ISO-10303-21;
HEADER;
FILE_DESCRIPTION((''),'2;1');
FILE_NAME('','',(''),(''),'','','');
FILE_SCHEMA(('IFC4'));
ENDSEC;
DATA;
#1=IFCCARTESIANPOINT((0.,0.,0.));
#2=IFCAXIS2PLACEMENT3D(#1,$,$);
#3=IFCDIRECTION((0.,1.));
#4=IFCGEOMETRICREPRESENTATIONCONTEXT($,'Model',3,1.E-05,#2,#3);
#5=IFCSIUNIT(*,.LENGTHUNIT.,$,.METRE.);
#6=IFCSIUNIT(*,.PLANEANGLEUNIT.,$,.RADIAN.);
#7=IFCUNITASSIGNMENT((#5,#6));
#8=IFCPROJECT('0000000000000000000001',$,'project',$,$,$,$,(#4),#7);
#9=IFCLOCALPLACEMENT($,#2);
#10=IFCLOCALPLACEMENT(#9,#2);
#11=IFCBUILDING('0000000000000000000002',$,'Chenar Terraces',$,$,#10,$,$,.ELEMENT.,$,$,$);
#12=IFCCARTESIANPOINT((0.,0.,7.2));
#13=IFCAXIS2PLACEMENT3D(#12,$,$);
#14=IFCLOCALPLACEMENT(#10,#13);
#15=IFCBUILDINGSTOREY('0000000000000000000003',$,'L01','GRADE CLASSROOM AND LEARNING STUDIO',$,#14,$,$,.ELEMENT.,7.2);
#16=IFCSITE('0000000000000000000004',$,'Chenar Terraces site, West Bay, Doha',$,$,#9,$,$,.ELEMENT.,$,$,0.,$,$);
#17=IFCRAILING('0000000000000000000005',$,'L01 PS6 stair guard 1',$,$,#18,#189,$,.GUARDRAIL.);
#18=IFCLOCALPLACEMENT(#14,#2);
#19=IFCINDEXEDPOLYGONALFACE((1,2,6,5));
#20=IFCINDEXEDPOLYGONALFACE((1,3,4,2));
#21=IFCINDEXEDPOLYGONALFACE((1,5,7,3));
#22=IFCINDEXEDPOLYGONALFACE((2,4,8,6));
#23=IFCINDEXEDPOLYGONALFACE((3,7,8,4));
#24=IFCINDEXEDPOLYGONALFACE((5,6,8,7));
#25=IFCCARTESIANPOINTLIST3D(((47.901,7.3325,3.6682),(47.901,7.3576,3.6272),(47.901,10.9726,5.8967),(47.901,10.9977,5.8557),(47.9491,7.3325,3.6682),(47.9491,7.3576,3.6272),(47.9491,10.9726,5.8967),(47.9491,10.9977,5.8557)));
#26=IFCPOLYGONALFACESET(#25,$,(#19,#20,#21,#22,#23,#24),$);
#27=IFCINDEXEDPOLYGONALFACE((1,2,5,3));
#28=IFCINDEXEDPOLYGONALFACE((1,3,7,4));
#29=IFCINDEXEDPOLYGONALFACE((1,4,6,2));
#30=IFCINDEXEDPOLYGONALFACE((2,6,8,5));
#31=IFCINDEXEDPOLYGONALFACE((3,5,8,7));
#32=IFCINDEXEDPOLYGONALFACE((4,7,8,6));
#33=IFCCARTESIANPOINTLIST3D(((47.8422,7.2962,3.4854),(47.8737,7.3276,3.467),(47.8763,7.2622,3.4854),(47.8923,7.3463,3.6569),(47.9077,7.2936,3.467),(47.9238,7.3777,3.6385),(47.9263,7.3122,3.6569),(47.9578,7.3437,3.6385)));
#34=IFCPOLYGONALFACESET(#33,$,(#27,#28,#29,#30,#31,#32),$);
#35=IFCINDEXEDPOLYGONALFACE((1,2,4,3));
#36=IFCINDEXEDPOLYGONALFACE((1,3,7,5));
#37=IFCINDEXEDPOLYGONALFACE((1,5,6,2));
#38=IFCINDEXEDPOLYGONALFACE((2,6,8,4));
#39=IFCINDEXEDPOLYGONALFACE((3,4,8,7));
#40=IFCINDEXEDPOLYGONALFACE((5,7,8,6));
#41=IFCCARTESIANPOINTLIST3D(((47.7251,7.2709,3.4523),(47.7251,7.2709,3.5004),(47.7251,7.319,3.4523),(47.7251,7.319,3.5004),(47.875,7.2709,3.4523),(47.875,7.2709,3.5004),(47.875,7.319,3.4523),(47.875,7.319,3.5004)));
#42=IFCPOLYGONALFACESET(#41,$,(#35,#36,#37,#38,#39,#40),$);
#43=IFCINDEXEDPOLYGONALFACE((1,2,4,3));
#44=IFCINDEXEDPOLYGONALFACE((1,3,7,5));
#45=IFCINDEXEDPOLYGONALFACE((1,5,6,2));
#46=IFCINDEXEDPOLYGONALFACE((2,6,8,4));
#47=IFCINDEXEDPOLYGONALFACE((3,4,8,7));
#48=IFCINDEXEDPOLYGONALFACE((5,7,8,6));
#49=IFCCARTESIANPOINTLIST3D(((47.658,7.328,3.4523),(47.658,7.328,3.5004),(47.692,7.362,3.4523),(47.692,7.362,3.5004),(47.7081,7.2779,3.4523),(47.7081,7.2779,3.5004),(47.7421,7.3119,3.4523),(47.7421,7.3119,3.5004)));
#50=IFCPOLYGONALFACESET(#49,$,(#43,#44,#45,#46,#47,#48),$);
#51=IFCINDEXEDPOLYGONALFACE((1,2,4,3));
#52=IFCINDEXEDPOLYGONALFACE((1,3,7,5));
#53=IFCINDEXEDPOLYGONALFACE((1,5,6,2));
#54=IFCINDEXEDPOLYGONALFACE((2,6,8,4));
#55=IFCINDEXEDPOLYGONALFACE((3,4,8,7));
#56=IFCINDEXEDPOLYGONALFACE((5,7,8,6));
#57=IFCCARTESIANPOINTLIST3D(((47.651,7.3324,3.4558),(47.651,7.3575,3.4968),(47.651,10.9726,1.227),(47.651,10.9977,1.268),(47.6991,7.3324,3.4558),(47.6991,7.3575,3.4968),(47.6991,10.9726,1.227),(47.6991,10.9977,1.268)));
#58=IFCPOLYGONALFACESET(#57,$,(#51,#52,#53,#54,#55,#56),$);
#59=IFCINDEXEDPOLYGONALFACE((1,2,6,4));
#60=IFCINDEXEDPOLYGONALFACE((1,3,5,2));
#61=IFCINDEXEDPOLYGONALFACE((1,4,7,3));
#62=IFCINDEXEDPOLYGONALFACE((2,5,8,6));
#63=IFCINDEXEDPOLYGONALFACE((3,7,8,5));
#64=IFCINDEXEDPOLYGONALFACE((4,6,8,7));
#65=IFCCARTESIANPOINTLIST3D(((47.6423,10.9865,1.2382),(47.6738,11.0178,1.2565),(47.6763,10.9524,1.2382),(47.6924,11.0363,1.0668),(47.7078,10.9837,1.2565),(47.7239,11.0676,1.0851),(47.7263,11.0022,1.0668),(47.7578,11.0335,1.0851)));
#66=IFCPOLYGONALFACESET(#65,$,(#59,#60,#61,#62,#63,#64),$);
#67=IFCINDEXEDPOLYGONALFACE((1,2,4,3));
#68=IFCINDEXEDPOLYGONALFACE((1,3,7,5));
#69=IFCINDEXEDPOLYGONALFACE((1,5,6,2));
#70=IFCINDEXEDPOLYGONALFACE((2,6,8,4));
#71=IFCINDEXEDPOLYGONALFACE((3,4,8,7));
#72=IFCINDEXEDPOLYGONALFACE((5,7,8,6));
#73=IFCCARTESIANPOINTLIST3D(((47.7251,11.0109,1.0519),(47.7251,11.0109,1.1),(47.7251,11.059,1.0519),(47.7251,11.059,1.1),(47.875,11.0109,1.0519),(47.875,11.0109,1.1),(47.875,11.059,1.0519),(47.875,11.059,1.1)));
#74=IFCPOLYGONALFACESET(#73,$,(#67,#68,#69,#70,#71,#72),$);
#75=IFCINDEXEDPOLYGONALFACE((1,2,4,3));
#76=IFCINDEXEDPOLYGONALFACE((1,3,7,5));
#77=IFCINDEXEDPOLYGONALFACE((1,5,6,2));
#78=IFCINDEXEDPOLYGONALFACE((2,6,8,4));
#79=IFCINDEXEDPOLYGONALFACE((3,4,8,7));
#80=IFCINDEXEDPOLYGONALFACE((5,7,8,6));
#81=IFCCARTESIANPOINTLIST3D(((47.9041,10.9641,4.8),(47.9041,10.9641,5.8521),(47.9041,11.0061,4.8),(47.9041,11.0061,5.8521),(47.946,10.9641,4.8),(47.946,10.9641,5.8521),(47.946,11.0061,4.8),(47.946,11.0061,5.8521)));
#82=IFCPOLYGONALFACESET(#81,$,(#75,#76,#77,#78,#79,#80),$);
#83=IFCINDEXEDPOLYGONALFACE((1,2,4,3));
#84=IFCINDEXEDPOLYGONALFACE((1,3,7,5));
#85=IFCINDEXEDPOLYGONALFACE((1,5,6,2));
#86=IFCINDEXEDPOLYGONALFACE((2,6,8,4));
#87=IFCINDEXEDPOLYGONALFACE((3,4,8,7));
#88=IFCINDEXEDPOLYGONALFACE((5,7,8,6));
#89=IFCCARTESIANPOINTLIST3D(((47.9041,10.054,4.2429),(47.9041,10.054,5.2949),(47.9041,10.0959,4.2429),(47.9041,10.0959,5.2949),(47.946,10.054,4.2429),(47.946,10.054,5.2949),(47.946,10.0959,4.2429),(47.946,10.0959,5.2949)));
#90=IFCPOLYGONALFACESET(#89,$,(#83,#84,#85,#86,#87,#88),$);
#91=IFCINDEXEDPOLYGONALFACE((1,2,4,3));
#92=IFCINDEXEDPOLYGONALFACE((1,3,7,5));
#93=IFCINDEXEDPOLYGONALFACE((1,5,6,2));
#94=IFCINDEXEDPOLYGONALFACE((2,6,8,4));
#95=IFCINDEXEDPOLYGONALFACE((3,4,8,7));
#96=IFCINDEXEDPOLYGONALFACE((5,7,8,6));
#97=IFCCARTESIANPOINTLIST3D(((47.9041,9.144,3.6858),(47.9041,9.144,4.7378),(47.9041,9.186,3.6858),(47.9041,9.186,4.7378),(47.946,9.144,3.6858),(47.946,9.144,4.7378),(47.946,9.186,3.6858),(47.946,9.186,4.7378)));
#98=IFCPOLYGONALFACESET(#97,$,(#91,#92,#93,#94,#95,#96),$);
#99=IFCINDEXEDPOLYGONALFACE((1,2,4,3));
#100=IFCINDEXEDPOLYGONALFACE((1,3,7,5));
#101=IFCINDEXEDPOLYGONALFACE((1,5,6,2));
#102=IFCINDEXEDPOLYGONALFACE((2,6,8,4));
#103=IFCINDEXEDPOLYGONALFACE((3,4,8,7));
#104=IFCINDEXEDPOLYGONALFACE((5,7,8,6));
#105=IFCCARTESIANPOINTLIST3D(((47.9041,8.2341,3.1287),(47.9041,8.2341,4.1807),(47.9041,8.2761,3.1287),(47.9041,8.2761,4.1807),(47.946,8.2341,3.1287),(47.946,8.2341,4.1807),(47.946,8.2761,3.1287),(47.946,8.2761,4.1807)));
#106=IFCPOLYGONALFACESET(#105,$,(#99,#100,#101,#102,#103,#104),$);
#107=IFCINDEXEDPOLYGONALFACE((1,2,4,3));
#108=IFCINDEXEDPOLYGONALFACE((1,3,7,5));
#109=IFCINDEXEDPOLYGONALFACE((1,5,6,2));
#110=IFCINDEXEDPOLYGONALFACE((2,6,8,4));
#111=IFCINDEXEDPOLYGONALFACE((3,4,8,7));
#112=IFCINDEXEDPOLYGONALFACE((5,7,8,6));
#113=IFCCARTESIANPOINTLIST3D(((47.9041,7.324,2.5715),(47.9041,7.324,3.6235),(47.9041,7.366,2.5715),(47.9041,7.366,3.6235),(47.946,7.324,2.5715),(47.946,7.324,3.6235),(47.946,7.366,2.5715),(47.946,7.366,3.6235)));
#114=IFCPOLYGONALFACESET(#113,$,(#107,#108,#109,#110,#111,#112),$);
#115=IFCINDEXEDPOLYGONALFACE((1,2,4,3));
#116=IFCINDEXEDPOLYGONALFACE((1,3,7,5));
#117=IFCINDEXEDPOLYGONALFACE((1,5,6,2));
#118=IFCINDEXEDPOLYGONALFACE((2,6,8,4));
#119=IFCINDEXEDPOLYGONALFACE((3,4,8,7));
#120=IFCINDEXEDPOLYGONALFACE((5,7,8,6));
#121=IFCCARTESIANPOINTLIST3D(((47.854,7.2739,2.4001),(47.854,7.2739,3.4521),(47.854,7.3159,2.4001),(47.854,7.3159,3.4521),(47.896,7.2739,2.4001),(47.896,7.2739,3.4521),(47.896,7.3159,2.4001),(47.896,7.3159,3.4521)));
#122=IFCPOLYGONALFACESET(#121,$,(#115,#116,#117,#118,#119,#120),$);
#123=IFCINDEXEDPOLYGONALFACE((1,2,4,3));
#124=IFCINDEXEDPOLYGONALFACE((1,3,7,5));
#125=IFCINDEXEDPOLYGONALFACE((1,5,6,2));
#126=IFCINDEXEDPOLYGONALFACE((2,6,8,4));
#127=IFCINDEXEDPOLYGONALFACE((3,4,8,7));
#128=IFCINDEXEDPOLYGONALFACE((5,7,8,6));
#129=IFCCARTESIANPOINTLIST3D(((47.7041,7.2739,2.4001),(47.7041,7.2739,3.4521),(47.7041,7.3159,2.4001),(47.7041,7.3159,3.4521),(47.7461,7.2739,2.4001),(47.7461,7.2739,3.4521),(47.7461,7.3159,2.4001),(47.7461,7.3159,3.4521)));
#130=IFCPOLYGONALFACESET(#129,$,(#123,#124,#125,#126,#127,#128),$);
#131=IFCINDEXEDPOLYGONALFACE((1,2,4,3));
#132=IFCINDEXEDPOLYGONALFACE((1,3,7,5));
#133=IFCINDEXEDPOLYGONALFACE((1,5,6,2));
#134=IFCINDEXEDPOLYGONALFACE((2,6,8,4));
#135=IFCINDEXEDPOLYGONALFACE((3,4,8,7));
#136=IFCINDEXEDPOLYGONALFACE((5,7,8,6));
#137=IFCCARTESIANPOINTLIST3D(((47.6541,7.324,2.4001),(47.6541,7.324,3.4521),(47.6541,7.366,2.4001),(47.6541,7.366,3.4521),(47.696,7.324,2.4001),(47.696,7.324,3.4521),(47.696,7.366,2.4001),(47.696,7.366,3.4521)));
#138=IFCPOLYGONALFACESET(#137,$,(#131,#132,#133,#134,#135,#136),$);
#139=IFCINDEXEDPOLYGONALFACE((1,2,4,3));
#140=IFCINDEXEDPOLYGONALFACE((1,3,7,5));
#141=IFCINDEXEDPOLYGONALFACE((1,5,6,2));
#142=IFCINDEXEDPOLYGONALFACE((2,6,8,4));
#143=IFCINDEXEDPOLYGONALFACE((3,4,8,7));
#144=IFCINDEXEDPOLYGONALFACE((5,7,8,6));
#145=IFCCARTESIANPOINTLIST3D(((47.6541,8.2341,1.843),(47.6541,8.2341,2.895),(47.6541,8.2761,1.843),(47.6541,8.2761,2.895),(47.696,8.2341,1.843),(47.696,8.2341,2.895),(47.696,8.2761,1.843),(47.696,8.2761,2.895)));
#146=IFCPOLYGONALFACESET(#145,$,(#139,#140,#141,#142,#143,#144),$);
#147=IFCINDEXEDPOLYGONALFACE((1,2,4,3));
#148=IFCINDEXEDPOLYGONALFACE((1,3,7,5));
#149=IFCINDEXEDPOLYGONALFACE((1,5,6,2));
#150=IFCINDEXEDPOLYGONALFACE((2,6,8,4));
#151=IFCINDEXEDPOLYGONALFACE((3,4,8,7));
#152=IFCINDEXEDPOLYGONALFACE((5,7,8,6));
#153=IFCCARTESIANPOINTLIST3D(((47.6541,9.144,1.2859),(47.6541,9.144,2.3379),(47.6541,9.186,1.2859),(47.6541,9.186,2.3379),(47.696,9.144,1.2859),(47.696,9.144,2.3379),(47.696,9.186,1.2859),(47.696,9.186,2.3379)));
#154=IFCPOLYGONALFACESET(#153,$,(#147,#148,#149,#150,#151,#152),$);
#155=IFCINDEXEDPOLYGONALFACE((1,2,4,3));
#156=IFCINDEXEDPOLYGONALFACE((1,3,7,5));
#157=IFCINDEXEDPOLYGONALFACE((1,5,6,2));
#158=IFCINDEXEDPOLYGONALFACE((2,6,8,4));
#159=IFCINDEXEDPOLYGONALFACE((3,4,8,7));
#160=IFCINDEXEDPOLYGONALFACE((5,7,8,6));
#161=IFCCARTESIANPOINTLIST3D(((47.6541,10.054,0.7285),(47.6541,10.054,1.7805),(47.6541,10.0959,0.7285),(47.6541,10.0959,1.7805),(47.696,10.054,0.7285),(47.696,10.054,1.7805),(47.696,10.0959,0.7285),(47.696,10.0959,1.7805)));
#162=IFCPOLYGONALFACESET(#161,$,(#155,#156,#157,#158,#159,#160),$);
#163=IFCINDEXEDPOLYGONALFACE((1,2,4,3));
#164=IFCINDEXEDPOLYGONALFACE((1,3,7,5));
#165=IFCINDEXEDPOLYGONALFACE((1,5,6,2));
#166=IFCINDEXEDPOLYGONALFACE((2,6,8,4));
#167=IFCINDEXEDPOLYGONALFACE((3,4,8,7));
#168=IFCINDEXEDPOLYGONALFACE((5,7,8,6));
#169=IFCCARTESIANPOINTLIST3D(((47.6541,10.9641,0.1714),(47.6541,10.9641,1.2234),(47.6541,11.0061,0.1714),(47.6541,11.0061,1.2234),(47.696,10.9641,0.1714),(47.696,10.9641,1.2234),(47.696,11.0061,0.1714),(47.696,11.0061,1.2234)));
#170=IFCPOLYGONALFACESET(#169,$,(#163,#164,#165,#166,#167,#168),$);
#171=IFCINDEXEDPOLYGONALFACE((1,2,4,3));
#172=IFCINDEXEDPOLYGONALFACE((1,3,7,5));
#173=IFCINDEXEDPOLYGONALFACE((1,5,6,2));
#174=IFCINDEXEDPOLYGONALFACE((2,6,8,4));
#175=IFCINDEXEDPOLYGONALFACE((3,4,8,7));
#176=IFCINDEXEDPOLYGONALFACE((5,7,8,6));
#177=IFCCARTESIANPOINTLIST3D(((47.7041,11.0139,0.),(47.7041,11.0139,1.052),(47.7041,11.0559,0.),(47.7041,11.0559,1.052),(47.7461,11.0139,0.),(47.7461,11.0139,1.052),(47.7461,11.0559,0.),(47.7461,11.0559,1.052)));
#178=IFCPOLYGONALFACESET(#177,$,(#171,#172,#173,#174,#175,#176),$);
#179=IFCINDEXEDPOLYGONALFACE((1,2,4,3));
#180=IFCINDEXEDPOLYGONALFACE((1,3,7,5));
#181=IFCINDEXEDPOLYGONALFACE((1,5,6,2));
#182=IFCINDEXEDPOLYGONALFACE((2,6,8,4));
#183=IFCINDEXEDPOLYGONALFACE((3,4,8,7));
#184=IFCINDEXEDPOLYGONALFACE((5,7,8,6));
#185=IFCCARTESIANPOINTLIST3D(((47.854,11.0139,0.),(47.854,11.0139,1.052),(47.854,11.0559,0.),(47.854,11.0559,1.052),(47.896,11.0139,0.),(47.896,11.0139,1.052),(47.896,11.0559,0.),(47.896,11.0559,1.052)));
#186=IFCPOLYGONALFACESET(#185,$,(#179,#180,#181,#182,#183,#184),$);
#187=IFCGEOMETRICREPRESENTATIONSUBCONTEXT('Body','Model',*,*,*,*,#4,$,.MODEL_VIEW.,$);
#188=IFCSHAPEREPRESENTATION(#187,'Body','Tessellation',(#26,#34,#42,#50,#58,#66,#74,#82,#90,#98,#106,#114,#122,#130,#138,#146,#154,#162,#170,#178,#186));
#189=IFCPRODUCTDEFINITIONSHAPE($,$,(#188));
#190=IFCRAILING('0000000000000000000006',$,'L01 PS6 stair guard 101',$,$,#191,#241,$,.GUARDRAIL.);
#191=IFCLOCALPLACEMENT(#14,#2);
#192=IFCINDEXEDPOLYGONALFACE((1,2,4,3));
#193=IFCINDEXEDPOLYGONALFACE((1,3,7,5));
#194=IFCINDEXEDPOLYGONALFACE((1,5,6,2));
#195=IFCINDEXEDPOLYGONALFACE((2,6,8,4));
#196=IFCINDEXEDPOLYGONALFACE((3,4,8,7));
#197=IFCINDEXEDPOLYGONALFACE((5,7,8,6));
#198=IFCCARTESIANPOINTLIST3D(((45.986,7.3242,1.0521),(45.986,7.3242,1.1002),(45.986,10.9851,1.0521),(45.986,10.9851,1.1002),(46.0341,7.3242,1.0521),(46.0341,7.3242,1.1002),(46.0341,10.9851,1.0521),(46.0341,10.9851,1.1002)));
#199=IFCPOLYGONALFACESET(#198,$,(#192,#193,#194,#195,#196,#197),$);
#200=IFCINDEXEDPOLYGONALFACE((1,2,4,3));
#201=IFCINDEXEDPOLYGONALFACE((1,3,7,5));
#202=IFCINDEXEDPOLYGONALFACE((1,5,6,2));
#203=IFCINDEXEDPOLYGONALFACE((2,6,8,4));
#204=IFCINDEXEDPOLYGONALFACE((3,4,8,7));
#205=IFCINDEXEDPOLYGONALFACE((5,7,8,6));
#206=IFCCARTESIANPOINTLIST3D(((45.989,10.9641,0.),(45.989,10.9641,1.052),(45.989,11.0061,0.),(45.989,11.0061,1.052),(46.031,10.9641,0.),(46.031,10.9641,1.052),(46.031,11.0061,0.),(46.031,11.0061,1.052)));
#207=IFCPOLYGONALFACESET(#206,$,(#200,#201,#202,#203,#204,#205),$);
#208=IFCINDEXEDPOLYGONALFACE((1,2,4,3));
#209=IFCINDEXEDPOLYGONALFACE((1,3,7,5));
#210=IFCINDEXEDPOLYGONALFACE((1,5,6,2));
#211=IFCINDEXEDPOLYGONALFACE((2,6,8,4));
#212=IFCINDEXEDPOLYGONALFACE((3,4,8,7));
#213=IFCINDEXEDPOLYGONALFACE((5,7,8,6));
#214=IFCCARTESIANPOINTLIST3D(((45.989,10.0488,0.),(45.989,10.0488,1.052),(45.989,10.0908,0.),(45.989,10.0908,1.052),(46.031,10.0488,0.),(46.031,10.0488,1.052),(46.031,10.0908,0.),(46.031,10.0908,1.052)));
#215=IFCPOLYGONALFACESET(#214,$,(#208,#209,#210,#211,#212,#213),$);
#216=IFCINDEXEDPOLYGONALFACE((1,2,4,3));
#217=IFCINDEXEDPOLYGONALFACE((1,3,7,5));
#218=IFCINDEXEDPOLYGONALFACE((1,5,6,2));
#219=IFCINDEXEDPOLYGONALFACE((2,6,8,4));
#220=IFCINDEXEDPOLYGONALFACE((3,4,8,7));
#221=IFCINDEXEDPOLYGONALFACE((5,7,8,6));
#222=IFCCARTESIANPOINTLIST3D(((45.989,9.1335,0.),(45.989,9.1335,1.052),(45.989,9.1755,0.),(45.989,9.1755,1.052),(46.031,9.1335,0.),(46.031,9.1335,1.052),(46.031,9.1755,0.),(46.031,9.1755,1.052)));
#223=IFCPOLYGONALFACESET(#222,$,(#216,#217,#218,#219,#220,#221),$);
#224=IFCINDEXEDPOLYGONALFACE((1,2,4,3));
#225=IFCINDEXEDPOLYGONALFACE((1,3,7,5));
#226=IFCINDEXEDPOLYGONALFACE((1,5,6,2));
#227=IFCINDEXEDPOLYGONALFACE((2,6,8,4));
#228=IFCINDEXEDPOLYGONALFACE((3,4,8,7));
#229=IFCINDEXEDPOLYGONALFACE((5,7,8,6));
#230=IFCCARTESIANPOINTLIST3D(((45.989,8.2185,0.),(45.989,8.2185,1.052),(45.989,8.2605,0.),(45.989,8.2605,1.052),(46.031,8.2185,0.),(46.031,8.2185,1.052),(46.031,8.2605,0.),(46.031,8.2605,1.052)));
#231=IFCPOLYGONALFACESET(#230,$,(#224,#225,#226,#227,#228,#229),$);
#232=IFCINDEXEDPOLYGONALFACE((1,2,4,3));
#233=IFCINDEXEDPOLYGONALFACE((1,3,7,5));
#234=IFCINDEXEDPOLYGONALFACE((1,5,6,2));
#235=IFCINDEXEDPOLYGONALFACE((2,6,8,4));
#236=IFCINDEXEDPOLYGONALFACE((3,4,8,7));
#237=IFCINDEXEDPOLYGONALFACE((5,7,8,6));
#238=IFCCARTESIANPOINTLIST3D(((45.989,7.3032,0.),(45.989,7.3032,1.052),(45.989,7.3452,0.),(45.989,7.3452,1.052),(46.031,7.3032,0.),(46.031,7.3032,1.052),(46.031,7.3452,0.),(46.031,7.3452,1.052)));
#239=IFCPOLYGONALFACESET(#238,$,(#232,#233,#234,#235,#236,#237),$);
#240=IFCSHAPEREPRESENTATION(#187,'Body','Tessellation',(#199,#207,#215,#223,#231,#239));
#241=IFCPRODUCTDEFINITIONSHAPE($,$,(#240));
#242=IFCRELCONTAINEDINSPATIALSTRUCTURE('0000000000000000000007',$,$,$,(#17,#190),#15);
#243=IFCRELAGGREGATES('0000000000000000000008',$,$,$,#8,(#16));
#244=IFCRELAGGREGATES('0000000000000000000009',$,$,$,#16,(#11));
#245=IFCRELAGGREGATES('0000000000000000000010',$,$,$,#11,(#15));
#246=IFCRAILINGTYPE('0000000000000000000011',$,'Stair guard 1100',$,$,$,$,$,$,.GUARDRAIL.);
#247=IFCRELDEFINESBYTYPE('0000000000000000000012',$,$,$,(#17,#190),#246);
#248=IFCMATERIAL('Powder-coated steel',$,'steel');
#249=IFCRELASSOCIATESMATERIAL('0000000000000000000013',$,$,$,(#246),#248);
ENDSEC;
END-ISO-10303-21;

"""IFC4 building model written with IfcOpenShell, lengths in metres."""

from ifc_helpers import new_model, si_unit, direction, frame, origin, origin_2d, place, context, subcontext, project, spatial, rectangle, extrude, material, type_object, element, save


model = new_model("IFC4")

# Units and contexts
model_context = context("Model", 3, precision=1e-05, world=origin(), true_north=direction((0.0, 1.0)))
body_context = subcontext(model_context, "Body", "Model", "MODEL_VIEW")
ifc_project = project(units=[si_unit("LENGTHUNIT", "METRE"), si_unit("PLANEANGLEUNIT", "RADIAN")], contexts=[model_context])

# Site, building, storey
site_placement = place(None, origin())
site = spatial("IfcSite", under=ifc_project, at=site_placement, Name="Chenar Terraces site, West Bay, Doha", CompositionType="ELEMENT", RefElevation=0.0)
building_placement = place(site_placement, origin())
building = spatial("IfcBuilding", under=site, at=building_placement, Name="Chenar Terraces", CompositionType="ELEMENT")
storey_placement = place(building_placement, frame((0.0, 0.0, 7.2)))
storey = spatial("IfcBuildingStorey", under=building, at=storey_placement, Name="L01", Description="GRADE CLASSROOM AND LEARNING STUDIO", CompositionType="ELEMENT", Elevation=7.2)

# Railings
ifc_material_1 = material(Name="Powder-coated steel", Category="steel")
railing_type_1 = type_object("IfcRailingType", Name="Stair guard 1100", PredefinedType="GUARDRAIL", material=ifc_material_1)
railing_1_placement = place(storey_placement, frame((47.925, 10.9851, 4.8)))
element("IfcRailing", 1, at=railing_1_placement, inside=storey, type_object=railing_type_1, Name="L01 PS6 stair guard 1", PredefinedType="GUARDRAIL", context=body_context, shape_type="SweptSolid", body=[
    extrude(rectangle(XDim=0.0481, YDim=0.0481, at=origin_2d()), frame((0.0, 0.0, 1.0762), z_axis=(0.0, -0.852866, -0.52213), x_axis=(1.0, 0.0, 0.0)), (0.0, 0.0, 1.0), 4.2681),
    extrude(rectangle(XDim=0.0481, YDim=0.0481, at=origin_2d()), frame((0.0, -3.6401, -1.1523), z_axis=(-0.269911, -0.269911, -0.924281), x_axis=(0.707107, -0.707107, 0.0)), (0.0, 0.0, 1.0), 0.1855),
    extrude(rectangle(XDim=0.0481, YDim=0.0481, at=origin_2d()), frame((-0.05, -3.6902, -1.3237), z_axis=(-1.0, 0.0, 0.0), x_axis=(0.0, -1.0, 0.0)), (0.0, 0.0, 1.0), 0.1499),
    extrude(rectangle(XDim=0.0481, YDim=0.0481, at=origin_2d()), frame((-0.2, -3.6902, -1.3237), z_axis=(-0.707107, 0.707107, 0.0), x_axis=(-0.707107, -0.707107, 0.0)), (0.0, 0.0, 1.0), 0.0708),
    extrude(rectangle(XDim=0.0481, YDim=0.0481, at=origin_2d()), frame((-0.25, -3.6401, -1.3237), z_axis=(0.0, 0.85284, -0.522172), x_axis=(-1.0, 0.0, 0.0)), (0.0, 0.0, 1.0), 4.2683),
    extrude(rectangle(XDim=0.0481, YDim=0.0481, at=origin_2d()), frame((-0.25, 0.0, -3.5527), z_axis=(0.270007, 0.26869, -0.924609), x_axis=(-0.705376, 0.708834, 0.0)), (0.0, 0.0, 1.0), 0.1853),
    extrude(rectangle(XDim=0.0481, YDim=0.0481, at=origin_2d()), frame((-0.2, 0.0498, -3.7241), z_axis=(1.0, 0.0, 0.0), x_axis=(0.0, 1.0, 0.0)), (0.0, 0.0, 1.0), 0.1499),
    extrude(rectangle(XDim=0.042, YDim=0.042, at=origin_2d()), origin(), (0.0, 0.0, 1.0), 1.052),
    extrude(rectangle(XDim=0.042, YDim=0.042, at=origin_2d()), frame((0.0, -0.9102, -0.5571)), (0.0, 0.0, 1.0), 1.052),
    extrude(rectangle(XDim=0.042, YDim=0.042, at=origin_2d()), frame((0.0, -1.8201, -1.1143)), (0.0, 0.0, 1.0), 1.052),
    extrude(rectangle(XDim=0.042, YDim=0.042, at=origin_2d()), frame((0.0, -2.73, -1.6714)), (0.0, 0.0, 1.0), 1.052),
    extrude(rectangle(XDim=0.042, YDim=0.042, at=origin_2d()), frame((0.0, -3.6401, -2.2285)), (0.0, 0.0, 1.0), 1.052),
    extrude(rectangle(XDim=0.042, YDim=0.042, at=origin_2d()), frame((-0.05, -3.6902, -2.3999)), (0.0, 0.0, 1.0), 1.052),
    extrude(rectangle(XDim=0.042, YDim=0.042, at=origin_2d()), frame((-0.2, -3.6902, -2.3999)), (0.0, 0.0, 1.0), 1.052),
    extrude(rectangle(XDim=0.042, YDim=0.042, at=origin_2d()), frame((-0.25, -3.6401, -2.3999)), (0.0, 0.0, 1.0), 1.052),
    extrude(rectangle(XDim=0.042, YDim=0.042, at=origin_2d()), frame((-0.25, -2.73, -2.957)), (0.0, 0.0, 1.0), 1.052),
    extrude(rectangle(XDim=0.042, YDim=0.042, at=origin_2d()), frame((-0.25, -1.8201, -3.5142)), (0.0, 0.0, 1.0), 1.052),
    extrude(rectangle(XDim=0.042, YDim=0.042, at=origin_2d()), frame((-0.25, -0.9102, -4.0715)), (0.0, 0.0, 1.0), 1.052),
    extrude(rectangle(XDim=0.042, YDim=0.042, at=origin_2d()), frame((-0.25, 0.0, -4.6287)), (0.0, 0.0, 1.0), 1.052),
    extrude(rectangle(XDim=0.042, YDim=0.042, at=origin_2d()), frame((-0.2, 0.0498, -4.8)), (0.0, 0.0, 1.0), 1.052),
    extrude(rectangle(XDim=0.042, YDim=0.042, at=origin_2d()), frame((-0.05, 0.0498, -4.8)), (0.0, 0.0, 1.0), 1.052),
])
railing_2_placement = place(storey_placement, frame((46.01, 10.9851, 0.0)))
element("IfcRailing", 2, at=railing_2_placement, inside=storey, type_object=railing_type_1, Name="L01 PS6 stair guard 101", PredefinedType="GUARDRAIL", context=body_context, shape_type="SweptSolid", body=[
    extrude(rectangle(XDim=0.0481, YDim=0.0481, at=origin_2d()), frame((0.0, 0.0, 1.0762), z_axis=(0.0, -1.0, 0.0), x_axis=(1.0, 0.0, 0.0)), (0.0, 0.0, 1.0), 3.6609),
    extrude(rectangle(XDim=0.042, YDim=0.042, at=origin_2d()), origin(), (0.0, 0.0, 1.0), 1.052),
    extrude(rectangle(XDim=0.042, YDim=0.042, at=origin_2d()), frame((0.0, -0.9153, 0.0)), (0.0, 0.0, 1.0), 1.052),
    extrude(rectangle(XDim=0.042, YDim=0.042, at=origin_2d()), frame((0.0, -1.8306, 0.0)), (0.0, 0.0, 1.0), 1.052),
    extrude(rectangle(XDim=0.042, YDim=0.042, at=origin_2d()), frame((0.0, -2.7456, 0.0)), (0.0, 0.0, 1.0), 1.052),
    extrude(rectangle(XDim=0.042, YDim=0.042, at=origin_2d()), frame((0.0, -3.6609, 0.0)), (0.0, 0.0, 1.0), 1.052),
])

save(model, "model.ifc")
